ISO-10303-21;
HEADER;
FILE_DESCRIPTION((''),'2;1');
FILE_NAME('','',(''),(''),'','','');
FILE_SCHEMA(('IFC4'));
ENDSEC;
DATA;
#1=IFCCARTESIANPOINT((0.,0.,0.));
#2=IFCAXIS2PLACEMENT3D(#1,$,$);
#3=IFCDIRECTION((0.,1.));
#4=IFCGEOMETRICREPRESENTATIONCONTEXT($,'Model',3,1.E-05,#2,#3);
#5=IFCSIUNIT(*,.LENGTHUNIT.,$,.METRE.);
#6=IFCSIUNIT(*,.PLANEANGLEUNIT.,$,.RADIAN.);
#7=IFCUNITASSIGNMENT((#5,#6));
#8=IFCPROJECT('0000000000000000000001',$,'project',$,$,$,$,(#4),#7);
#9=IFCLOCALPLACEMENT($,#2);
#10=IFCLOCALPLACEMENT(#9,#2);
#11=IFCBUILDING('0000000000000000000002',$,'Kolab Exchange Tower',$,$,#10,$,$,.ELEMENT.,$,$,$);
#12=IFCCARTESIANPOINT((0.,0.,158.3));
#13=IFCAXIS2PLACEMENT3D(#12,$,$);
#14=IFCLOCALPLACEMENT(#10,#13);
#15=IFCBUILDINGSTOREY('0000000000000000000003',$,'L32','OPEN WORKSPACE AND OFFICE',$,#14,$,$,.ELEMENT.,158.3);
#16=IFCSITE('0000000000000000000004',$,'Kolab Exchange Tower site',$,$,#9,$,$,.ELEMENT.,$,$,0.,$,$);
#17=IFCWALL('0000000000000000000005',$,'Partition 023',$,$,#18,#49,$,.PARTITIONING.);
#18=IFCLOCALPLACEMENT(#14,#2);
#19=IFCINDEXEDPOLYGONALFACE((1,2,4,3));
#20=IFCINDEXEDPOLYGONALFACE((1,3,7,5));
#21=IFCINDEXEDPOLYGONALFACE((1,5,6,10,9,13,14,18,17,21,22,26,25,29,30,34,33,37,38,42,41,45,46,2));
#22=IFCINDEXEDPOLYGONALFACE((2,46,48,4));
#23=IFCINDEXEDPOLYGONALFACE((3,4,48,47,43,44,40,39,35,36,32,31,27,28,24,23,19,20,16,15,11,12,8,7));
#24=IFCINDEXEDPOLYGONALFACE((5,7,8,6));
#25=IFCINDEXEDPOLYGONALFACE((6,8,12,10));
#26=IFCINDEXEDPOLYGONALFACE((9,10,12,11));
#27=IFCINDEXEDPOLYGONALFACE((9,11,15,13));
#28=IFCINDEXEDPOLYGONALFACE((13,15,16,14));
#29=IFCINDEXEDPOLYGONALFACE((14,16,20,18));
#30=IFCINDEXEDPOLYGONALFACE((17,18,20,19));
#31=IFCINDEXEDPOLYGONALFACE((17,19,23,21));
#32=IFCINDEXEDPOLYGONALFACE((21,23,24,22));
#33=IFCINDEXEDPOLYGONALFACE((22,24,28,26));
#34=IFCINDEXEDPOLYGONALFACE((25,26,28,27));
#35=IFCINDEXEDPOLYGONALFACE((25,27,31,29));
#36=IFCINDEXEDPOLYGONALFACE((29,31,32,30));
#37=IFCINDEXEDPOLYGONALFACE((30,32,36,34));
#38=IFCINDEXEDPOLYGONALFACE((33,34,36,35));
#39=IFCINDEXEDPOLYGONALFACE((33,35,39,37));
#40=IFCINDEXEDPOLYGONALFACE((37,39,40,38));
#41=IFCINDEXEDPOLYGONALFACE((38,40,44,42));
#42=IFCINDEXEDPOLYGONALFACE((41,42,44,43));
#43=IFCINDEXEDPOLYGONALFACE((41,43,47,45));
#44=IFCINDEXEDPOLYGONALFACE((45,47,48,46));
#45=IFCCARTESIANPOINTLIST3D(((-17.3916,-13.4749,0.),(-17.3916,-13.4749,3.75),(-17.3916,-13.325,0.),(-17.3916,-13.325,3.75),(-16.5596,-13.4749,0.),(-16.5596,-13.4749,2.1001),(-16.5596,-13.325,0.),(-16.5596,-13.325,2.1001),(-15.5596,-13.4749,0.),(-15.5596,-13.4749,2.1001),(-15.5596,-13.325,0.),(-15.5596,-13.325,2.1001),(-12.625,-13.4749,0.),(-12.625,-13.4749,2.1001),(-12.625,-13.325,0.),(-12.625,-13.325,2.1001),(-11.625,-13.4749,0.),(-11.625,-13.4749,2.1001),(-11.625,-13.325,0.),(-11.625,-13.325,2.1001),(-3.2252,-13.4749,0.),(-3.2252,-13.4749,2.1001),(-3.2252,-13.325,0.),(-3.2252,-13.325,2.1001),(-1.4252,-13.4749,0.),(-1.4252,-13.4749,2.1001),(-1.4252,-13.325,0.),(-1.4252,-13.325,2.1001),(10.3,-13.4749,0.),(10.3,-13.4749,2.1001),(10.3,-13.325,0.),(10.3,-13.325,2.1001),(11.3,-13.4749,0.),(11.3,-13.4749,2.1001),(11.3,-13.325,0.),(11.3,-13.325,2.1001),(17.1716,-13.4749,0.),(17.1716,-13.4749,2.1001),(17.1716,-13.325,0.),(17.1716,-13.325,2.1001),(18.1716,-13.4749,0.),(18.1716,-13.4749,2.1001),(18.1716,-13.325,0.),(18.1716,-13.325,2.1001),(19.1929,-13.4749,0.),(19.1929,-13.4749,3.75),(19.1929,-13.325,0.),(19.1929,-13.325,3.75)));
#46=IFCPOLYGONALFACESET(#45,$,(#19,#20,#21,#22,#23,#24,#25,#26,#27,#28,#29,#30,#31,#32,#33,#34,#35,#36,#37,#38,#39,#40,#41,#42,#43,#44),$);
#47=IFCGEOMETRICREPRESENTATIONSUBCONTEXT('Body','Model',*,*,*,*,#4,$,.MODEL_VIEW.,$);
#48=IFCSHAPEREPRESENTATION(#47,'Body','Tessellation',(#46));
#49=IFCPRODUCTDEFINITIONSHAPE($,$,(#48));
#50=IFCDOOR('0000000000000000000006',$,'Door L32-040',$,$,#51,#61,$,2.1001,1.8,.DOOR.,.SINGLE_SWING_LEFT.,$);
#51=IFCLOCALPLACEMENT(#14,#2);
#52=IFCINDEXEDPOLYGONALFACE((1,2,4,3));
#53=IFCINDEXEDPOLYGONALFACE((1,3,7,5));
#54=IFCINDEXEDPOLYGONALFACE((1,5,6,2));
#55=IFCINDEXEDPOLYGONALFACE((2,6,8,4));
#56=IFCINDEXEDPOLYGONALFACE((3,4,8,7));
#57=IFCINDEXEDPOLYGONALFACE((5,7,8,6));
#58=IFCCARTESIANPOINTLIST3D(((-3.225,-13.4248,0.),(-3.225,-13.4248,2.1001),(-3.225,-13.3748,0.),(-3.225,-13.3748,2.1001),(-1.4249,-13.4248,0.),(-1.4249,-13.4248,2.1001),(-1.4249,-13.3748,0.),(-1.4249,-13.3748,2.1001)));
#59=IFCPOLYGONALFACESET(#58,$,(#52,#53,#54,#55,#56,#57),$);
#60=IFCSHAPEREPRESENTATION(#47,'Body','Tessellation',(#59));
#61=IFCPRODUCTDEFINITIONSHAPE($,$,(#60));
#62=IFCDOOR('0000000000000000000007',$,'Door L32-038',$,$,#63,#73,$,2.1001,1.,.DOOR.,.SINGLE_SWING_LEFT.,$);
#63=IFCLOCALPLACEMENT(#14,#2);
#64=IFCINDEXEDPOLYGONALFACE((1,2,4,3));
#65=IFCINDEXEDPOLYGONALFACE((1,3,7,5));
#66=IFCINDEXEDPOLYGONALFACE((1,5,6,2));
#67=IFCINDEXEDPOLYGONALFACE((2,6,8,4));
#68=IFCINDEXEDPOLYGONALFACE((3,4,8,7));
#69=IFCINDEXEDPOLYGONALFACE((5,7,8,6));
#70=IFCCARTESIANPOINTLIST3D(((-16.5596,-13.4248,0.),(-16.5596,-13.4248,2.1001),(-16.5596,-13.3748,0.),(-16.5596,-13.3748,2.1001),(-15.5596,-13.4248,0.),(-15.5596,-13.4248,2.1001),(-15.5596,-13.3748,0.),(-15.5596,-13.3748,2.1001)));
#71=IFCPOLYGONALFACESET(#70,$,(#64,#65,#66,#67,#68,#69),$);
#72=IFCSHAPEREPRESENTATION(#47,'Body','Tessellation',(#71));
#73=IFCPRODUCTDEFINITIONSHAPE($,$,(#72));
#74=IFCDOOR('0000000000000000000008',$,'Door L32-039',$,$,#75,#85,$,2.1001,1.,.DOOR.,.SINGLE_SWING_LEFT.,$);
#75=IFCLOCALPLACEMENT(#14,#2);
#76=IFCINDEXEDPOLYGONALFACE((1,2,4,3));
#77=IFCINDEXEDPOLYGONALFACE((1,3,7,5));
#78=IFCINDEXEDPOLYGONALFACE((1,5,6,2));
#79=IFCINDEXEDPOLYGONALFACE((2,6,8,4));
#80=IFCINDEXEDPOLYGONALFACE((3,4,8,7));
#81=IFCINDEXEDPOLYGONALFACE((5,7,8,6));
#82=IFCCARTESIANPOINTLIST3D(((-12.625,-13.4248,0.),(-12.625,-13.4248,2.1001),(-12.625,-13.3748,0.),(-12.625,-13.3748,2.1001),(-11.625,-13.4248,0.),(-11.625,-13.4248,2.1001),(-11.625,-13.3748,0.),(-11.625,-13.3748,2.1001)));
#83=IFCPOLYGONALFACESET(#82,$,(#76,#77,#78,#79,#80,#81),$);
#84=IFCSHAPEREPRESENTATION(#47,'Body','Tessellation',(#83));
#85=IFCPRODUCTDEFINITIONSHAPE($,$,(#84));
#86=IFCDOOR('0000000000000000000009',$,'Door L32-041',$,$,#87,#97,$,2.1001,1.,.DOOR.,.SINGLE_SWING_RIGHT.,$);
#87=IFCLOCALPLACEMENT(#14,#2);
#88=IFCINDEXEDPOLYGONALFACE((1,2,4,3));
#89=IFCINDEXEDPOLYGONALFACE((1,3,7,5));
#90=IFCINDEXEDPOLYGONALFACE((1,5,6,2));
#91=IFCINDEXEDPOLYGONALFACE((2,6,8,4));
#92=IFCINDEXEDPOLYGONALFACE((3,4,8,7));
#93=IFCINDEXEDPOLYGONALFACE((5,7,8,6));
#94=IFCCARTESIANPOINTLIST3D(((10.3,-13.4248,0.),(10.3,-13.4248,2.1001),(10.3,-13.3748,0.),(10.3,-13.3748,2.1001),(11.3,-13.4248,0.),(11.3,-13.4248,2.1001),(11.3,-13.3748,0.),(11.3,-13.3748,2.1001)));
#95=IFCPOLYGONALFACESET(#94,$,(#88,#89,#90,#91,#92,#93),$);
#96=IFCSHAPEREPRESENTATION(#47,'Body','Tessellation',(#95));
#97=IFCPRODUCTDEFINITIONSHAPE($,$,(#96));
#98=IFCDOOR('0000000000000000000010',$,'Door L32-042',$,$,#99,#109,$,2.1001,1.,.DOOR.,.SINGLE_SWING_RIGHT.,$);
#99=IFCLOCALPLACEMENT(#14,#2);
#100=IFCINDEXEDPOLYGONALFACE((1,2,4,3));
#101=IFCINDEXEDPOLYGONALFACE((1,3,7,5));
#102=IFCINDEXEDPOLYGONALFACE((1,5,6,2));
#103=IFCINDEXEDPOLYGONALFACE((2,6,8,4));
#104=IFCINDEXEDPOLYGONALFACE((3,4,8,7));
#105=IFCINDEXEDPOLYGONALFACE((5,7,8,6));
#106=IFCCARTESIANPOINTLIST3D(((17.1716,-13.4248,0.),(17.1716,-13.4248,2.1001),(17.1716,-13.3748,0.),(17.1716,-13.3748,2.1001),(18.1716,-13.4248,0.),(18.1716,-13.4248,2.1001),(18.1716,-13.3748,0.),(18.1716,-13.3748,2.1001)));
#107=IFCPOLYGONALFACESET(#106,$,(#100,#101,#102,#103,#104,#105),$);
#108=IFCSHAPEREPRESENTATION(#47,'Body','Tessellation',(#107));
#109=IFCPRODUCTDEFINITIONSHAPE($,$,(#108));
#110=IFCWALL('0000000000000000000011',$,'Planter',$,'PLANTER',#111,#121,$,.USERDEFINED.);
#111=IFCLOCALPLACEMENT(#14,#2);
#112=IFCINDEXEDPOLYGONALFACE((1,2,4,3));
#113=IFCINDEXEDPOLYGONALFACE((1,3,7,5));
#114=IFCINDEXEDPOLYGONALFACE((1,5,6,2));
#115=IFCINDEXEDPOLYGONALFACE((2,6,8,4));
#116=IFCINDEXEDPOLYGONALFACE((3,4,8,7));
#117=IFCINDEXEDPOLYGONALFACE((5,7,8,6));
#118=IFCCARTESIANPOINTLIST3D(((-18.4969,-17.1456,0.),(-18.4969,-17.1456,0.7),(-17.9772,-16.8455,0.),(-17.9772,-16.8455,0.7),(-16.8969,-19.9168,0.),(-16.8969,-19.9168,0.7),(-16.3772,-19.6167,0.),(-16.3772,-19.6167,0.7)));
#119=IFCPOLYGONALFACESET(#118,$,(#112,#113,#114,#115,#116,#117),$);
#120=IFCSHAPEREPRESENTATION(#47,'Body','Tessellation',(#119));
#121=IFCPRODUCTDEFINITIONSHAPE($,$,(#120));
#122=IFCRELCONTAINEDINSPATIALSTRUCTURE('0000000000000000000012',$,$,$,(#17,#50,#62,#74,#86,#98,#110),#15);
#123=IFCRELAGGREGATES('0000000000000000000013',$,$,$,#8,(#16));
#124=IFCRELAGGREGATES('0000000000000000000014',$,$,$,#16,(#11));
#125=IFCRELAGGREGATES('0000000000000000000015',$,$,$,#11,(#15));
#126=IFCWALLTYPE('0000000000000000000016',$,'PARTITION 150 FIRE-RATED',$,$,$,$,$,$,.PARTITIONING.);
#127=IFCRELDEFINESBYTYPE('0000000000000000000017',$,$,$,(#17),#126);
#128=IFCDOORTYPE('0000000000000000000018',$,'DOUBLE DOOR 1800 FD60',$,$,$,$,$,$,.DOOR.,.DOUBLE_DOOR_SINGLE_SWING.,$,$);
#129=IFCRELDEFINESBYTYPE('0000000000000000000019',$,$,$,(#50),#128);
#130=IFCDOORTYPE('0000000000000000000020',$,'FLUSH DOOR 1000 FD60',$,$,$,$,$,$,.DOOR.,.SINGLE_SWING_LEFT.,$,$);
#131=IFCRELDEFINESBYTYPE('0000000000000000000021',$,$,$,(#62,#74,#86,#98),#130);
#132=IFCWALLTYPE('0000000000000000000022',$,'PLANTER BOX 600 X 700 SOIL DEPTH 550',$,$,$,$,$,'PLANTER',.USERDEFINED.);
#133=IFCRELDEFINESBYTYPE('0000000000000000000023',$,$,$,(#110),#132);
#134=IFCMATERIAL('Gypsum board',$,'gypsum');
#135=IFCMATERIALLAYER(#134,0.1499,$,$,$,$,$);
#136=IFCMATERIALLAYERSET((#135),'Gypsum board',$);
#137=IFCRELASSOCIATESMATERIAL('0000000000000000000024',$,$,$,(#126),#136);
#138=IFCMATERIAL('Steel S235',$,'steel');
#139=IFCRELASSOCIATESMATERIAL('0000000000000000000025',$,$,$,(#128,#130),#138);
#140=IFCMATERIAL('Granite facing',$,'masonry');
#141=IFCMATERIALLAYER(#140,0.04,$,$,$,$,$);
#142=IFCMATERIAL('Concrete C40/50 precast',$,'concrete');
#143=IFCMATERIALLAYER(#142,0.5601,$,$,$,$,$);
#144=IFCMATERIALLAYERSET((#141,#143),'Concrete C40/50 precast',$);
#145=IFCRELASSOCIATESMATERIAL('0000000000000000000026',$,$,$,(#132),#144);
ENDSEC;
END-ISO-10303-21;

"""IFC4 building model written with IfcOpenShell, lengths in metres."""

from ifc_helpers import new_model, si_unit, direction, frame, frame_2d, origin, place, context, subcontext, project, spatial, rectangle, extrude, material, layer, layer_set, type_object, element, fill, save


model = new_model("IFC4")

# Units and contexts
model_context = context("Model", 3, precision=1e-05, world=origin(), true_north=direction((0.0, 1.0)))
body_context = subcontext(model_context, "Body", "Model", "MODEL_VIEW")
ifc_project = project(units=[si_unit("LENGTHUNIT", "METRE"), si_unit("PLANEANGLEUNIT", "RADIAN")], contexts=[model_context])

# Site, building, storey
site_placement = place(None, origin())
site = spatial("IfcSite", under=ifc_project, at=site_placement, Name="Kolab Exchange Tower site", CompositionType="ELEMENT", RefElevation=0.0)
building_placement = place(site_placement, origin())
building = spatial("IfcBuilding", under=site, at=building_placement, Name="Kolab Exchange Tower", CompositionType="ELEMENT")
storey_placement = place(building_placement, frame((0.0, 0.0, 158.3)))
storey = spatial("IfcBuildingStorey", under=building, at=storey_placement, Name="L32", Description="OPEN WORKSPACE AND OFFICE", CompositionType="ELEMENT", Elevation=158.3)

# Shared definitions
ifc_material_1 = material(Name="Gypsum board", Category="gypsum")
ifc_layer_1 = layer(ifc_material_1, 0.1499)
ifc_layer_set_1 = layer_set([ifc_layer_1], Name="Gypsum board")
wall_type_1 = type_object("IfcWallType", Name="PARTITION 150 FIRE-RATED", PredefinedType="PARTITIONING", material=ifc_layer_set_1)

# Wall, openings, doors
wall_1_placement = place(storey_placement, frame((-17.3916, -13.3999, 0.0), z_axis=(0.0, 0.0, 1.0), x_axis=(1.0, 0.0, 0.0)))
wall_1 = element("IfcWall", 1, at=wall_1_placement, inside=storey, type_object=wall_type_1, Name="Partition 023", PredefinedType="PARTITIONING", context=body_context, shape_type="SweptSolid", body=[
    extrude(rectangle(XDim=36.5845, YDim=0.1499, at=frame_2d((18.2922, 0.0))), origin(), (0.0, 0.0, 1.0), 3.75),
])
opening_1_placement = place(wall_1_placement, frame((0.832, 0.0, 0.0)))
opening_1 = element("IfcOpeningElement", 2, at=opening_1_placement, cuts=wall_1, PredefinedType="OPENING", context=body_context, shape_type="SweptSolid", body=[
    extrude(rectangle(XDim=1.0, YDim=2.1001, at=frame_2d((0.5, 1.05))), frame((0.0, 0.085, 0.0), z_axis=(0.0, -1.0, 0.0), x_axis=(1.0, 0.0, 0.0)), (0.0, 0.0, 1.0), 0.1699),
])
opening_2_placement = place(wall_1_placement, frame((4.7666, 0.0, 0.0)))
opening_2 = element("IfcOpeningElement", 3, at=opening_2_placement, cuts=wall_1, PredefinedType="OPENING", context=body_context, shape_type="SweptSolid", body=[
    extrude(rectangle(XDim=1.0, YDim=2.1001, at=frame_2d((0.5, 1.05))), frame((0.0, 0.085, 0.0), z_axis=(0.0, -1.0, 0.0), x_axis=(1.0, 0.0, 0.0)), (0.0, 0.0, 1.0), 0.1699),
])
opening_3_placement = place(wall_1_placement, frame((14.1665, 0.0, 0.0)))
opening_3 = element("IfcOpeningElement", 4, at=opening_3_placement, cuts=wall_1, PredefinedType="OPENING", context=body_context, shape_type="SweptSolid", body=[
    extrude(rectangle(XDim=1.8, YDim=2.1001, at=frame_2d((0.8999, 1.05))), frame((0.0, 0.085, 0.0), z_axis=(0.0, -1.0, 0.0), x_axis=(1.0, 0.0, 0.0)), (0.0, 0.0, 1.0), 0.1699),
])
opening_4_placement = place(wall_1_placement, frame((27.6917, 0.0, 0.0)))
opening_4 = element("IfcOpeningElement", 5, at=opening_4_placement, cuts=wall_1, PredefinedType="OPENING", context=body_context, shape_type="SweptSolid", body=[
    extrude(rectangle(XDim=1.0, YDim=2.1001, at=frame_2d((0.5, 1.05))), frame((0.0, 0.085, 0.0), z_axis=(0.0, -1.0, 0.0), x_axis=(1.0, 0.0, 0.0)), (0.0, 0.0, 1.0), 0.1699),
])
opening_5_placement = place(wall_1_placement, frame((34.5632, 0.0, 0.0)))
opening_5 = element("IfcOpeningElement", 6, at=opening_5_placement, cuts=wall_1, PredefinedType="OPENING", context=body_context, shape_type="SweptSolid", body=[
    extrude(rectangle(XDim=1.0, YDim=2.1001, at=frame_2d((0.5, 1.05))), frame((0.0, 0.085, 0.0), z_axis=(0.0, -1.0, 0.0), x_axis=(1.0, 0.0, 0.0)), (0.0, 0.0, 1.0), 0.1699),
])
ifc_material_2 = material(Name="Steel S235", Category="steel")
door_type_1 = type_object("IfcDoorType", Name="DOUBLE DOOR 1800 FD60", OperationType="DOUBLE_DOOR_SINGLE_SWING", PredefinedType="DOOR", material=ifc_material_2)
door_1_placement = place(opening_3_placement, frame((1.8, 0.0, 0.0), z_axis=(0.0, 0.0, 1.0), x_axis=(-1.0, 0.0, 0.0)))
door_1 = element("IfcDoor", 7, at=door_1_placement, inside=storey, type_object=door_type_1, Name="Door L32-040", OperationType="SINGLE_SWING_LEFT", OverallHeight=2.1001, OverallWidth=1.8, PredefinedType="DOOR", context=body_context, shape_type="SweptSolid", body=[
    extrude(rectangle(XDim=1.8, YDim=2.1001, at=frame_2d((0.8999, 1.05))), frame((0.0, 0.0249, 0.0), z_axis=(0.0, -1.0, 0.0), x_axis=(1.0, 0.0, 0.0)), (0.0, 0.0, 1.0), 0.05),
])
fill(opening_3, door_1)
door_type_2 = type_object("IfcDoorType", Name="FLUSH DOOR 1000 FD60", OperationType="SINGLE_SWING_LEFT", PredefinedType="DOOR", material=ifc_material_2)
door_2_placement = place(opening_1_placement, frame((1.0, 0.0, 0.0), z_axis=(0.0, 0.0, 1.0), x_axis=(-1.0, 0.0, 0.0)))
door_2 = element("IfcDoor", 8, at=door_2_placement, inside=storey, type_object=door_type_2, Name="Door L32-038", OperationType="SINGLE_SWING_LEFT", OverallHeight=2.1001, OverallWidth=1.0, PredefinedType="DOOR", context=body_context, shape_type="SweptSolid", body=[
    extrude(rectangle(XDim=1.0, YDim=2.1001, at=frame_2d((0.5, 1.05))), frame((0.0, 0.0249, 0.0), z_axis=(0.0, -1.0, 0.0), x_axis=(1.0, 0.0, 0.0)), (0.0, 0.0, 1.0), 0.05),
])
fill(opening_1, door_2)
door_3_placement = place(opening_2_placement, frame((1.0, 0.0, 0.0), z_axis=(0.0, 0.0, 1.0), x_axis=(-1.0, 0.0, 0.0)))
door_3 = element("IfcDoor", 9, at=door_3_placement, inside=storey, type_object=door_type_2, Name="Door L32-039", OperationType="SINGLE_SWING_LEFT", OverallHeight=2.1001, OverallWidth=1.0, PredefinedType="DOOR", context=body_context, shape_type="SweptSolid", body=[
    extrude(rectangle(XDim=1.0, YDim=2.1001, at=frame_2d((0.5, 1.05))), frame((0.0, 0.0249, 0.0), z_axis=(0.0, -1.0, 0.0), x_axis=(1.0, 0.0, 0.0)), (0.0, 0.0, 1.0), 0.05),
])
fill(opening_2, door_3)
door_4_placement = place(opening_4_placement, frame((1.0, 0.0, 0.0), z_axis=(0.0, 0.0, 1.0), x_axis=(-1.0, 0.0, 0.0)))
door_4 = element("IfcDoor", 10, at=door_4_placement, inside=storey, type_object=door_type_2, Name="Door L32-041", OperationType="SINGLE_SWING_RIGHT", OverallHeight=2.1001, OverallWidth=1.0, PredefinedType="DOOR", context=body_context, shape_type="SweptSolid", body=[
    extrude(rectangle(XDim=1.0, YDim=2.1001, at=frame_2d((0.5, 1.05))), frame((0.0, 0.0249, 0.0), z_axis=(0.0, -1.0, 0.0), x_axis=(1.0, 0.0, 0.0)), (0.0, 0.0, 1.0), 0.05),
])
fill(opening_4, door_4)
door_5_placement = place(opening_5_placement, frame((1.0, 0.0, 0.0), z_axis=(0.0, 0.0, 1.0), x_axis=(-1.0, 0.0, 0.0)))
door_5 = element("IfcDoor", 11, at=door_5_placement, inside=storey, type_object=door_type_2, Name="Door L32-042", OperationType="SINGLE_SWING_RIGHT", OverallHeight=2.1001, OverallWidth=1.0, PredefinedType="DOOR", context=body_context, shape_type="SweptSolid", body=[
    extrude(rectangle(XDim=1.0, YDim=2.1001, at=frame_2d((0.5, 1.05))), frame((0.0, 0.0249, 0.0), z_axis=(0.0, -1.0, 0.0), x_axis=(1.0, 0.0, 0.0)), (0.0, 0.0, 1.0), 0.05),
])
fill(opening_5, door_5)

# Wall
ifc_material_3 = material(Name="Granite facing", Category="masonry")
ifc_layer_2 = layer(ifc_material_3, 0.04)
ifc_material_4 = material(Name="Concrete C40/50 precast", Category="concrete")
ifc_layer_3 = layer(ifc_material_4, 0.5601)
ifc_layer_set_2 = layer_set([ifc_layer_2, ifc_layer_3], Name="Concrete C40/50 precast")
wall_type_2 = type_object("IfcWallType", Name="PLANTER BOX 600 X 700 SOIL DEPTH 550", ElementType="PLANTER", PredefinedType="USERDEFINED", material=ifc_layer_set_2)
wall_2_placement = place(storey_placement, frame((-16.637, -19.7668, 0.0), z_axis=(0.0, 0.0, 1.0), x_axis=(-0.500028, 0.866009, 0.0)))
element("IfcWall", 12, at=wall_2_placement, inside=storey, type_object=wall_type_2, Name="Planter", ObjectType="PLANTER", PredefinedType="USERDEFINED", context=body_context, shape_type="SweptSolid", body=[
    extrude(rectangle(XDim=3.2, YDim=0.6001, at=frame_2d((1.6001, 0.0))), origin(), (0.0, 0.0, 1.0), 0.7),
])

save(model, "model.ifc")
